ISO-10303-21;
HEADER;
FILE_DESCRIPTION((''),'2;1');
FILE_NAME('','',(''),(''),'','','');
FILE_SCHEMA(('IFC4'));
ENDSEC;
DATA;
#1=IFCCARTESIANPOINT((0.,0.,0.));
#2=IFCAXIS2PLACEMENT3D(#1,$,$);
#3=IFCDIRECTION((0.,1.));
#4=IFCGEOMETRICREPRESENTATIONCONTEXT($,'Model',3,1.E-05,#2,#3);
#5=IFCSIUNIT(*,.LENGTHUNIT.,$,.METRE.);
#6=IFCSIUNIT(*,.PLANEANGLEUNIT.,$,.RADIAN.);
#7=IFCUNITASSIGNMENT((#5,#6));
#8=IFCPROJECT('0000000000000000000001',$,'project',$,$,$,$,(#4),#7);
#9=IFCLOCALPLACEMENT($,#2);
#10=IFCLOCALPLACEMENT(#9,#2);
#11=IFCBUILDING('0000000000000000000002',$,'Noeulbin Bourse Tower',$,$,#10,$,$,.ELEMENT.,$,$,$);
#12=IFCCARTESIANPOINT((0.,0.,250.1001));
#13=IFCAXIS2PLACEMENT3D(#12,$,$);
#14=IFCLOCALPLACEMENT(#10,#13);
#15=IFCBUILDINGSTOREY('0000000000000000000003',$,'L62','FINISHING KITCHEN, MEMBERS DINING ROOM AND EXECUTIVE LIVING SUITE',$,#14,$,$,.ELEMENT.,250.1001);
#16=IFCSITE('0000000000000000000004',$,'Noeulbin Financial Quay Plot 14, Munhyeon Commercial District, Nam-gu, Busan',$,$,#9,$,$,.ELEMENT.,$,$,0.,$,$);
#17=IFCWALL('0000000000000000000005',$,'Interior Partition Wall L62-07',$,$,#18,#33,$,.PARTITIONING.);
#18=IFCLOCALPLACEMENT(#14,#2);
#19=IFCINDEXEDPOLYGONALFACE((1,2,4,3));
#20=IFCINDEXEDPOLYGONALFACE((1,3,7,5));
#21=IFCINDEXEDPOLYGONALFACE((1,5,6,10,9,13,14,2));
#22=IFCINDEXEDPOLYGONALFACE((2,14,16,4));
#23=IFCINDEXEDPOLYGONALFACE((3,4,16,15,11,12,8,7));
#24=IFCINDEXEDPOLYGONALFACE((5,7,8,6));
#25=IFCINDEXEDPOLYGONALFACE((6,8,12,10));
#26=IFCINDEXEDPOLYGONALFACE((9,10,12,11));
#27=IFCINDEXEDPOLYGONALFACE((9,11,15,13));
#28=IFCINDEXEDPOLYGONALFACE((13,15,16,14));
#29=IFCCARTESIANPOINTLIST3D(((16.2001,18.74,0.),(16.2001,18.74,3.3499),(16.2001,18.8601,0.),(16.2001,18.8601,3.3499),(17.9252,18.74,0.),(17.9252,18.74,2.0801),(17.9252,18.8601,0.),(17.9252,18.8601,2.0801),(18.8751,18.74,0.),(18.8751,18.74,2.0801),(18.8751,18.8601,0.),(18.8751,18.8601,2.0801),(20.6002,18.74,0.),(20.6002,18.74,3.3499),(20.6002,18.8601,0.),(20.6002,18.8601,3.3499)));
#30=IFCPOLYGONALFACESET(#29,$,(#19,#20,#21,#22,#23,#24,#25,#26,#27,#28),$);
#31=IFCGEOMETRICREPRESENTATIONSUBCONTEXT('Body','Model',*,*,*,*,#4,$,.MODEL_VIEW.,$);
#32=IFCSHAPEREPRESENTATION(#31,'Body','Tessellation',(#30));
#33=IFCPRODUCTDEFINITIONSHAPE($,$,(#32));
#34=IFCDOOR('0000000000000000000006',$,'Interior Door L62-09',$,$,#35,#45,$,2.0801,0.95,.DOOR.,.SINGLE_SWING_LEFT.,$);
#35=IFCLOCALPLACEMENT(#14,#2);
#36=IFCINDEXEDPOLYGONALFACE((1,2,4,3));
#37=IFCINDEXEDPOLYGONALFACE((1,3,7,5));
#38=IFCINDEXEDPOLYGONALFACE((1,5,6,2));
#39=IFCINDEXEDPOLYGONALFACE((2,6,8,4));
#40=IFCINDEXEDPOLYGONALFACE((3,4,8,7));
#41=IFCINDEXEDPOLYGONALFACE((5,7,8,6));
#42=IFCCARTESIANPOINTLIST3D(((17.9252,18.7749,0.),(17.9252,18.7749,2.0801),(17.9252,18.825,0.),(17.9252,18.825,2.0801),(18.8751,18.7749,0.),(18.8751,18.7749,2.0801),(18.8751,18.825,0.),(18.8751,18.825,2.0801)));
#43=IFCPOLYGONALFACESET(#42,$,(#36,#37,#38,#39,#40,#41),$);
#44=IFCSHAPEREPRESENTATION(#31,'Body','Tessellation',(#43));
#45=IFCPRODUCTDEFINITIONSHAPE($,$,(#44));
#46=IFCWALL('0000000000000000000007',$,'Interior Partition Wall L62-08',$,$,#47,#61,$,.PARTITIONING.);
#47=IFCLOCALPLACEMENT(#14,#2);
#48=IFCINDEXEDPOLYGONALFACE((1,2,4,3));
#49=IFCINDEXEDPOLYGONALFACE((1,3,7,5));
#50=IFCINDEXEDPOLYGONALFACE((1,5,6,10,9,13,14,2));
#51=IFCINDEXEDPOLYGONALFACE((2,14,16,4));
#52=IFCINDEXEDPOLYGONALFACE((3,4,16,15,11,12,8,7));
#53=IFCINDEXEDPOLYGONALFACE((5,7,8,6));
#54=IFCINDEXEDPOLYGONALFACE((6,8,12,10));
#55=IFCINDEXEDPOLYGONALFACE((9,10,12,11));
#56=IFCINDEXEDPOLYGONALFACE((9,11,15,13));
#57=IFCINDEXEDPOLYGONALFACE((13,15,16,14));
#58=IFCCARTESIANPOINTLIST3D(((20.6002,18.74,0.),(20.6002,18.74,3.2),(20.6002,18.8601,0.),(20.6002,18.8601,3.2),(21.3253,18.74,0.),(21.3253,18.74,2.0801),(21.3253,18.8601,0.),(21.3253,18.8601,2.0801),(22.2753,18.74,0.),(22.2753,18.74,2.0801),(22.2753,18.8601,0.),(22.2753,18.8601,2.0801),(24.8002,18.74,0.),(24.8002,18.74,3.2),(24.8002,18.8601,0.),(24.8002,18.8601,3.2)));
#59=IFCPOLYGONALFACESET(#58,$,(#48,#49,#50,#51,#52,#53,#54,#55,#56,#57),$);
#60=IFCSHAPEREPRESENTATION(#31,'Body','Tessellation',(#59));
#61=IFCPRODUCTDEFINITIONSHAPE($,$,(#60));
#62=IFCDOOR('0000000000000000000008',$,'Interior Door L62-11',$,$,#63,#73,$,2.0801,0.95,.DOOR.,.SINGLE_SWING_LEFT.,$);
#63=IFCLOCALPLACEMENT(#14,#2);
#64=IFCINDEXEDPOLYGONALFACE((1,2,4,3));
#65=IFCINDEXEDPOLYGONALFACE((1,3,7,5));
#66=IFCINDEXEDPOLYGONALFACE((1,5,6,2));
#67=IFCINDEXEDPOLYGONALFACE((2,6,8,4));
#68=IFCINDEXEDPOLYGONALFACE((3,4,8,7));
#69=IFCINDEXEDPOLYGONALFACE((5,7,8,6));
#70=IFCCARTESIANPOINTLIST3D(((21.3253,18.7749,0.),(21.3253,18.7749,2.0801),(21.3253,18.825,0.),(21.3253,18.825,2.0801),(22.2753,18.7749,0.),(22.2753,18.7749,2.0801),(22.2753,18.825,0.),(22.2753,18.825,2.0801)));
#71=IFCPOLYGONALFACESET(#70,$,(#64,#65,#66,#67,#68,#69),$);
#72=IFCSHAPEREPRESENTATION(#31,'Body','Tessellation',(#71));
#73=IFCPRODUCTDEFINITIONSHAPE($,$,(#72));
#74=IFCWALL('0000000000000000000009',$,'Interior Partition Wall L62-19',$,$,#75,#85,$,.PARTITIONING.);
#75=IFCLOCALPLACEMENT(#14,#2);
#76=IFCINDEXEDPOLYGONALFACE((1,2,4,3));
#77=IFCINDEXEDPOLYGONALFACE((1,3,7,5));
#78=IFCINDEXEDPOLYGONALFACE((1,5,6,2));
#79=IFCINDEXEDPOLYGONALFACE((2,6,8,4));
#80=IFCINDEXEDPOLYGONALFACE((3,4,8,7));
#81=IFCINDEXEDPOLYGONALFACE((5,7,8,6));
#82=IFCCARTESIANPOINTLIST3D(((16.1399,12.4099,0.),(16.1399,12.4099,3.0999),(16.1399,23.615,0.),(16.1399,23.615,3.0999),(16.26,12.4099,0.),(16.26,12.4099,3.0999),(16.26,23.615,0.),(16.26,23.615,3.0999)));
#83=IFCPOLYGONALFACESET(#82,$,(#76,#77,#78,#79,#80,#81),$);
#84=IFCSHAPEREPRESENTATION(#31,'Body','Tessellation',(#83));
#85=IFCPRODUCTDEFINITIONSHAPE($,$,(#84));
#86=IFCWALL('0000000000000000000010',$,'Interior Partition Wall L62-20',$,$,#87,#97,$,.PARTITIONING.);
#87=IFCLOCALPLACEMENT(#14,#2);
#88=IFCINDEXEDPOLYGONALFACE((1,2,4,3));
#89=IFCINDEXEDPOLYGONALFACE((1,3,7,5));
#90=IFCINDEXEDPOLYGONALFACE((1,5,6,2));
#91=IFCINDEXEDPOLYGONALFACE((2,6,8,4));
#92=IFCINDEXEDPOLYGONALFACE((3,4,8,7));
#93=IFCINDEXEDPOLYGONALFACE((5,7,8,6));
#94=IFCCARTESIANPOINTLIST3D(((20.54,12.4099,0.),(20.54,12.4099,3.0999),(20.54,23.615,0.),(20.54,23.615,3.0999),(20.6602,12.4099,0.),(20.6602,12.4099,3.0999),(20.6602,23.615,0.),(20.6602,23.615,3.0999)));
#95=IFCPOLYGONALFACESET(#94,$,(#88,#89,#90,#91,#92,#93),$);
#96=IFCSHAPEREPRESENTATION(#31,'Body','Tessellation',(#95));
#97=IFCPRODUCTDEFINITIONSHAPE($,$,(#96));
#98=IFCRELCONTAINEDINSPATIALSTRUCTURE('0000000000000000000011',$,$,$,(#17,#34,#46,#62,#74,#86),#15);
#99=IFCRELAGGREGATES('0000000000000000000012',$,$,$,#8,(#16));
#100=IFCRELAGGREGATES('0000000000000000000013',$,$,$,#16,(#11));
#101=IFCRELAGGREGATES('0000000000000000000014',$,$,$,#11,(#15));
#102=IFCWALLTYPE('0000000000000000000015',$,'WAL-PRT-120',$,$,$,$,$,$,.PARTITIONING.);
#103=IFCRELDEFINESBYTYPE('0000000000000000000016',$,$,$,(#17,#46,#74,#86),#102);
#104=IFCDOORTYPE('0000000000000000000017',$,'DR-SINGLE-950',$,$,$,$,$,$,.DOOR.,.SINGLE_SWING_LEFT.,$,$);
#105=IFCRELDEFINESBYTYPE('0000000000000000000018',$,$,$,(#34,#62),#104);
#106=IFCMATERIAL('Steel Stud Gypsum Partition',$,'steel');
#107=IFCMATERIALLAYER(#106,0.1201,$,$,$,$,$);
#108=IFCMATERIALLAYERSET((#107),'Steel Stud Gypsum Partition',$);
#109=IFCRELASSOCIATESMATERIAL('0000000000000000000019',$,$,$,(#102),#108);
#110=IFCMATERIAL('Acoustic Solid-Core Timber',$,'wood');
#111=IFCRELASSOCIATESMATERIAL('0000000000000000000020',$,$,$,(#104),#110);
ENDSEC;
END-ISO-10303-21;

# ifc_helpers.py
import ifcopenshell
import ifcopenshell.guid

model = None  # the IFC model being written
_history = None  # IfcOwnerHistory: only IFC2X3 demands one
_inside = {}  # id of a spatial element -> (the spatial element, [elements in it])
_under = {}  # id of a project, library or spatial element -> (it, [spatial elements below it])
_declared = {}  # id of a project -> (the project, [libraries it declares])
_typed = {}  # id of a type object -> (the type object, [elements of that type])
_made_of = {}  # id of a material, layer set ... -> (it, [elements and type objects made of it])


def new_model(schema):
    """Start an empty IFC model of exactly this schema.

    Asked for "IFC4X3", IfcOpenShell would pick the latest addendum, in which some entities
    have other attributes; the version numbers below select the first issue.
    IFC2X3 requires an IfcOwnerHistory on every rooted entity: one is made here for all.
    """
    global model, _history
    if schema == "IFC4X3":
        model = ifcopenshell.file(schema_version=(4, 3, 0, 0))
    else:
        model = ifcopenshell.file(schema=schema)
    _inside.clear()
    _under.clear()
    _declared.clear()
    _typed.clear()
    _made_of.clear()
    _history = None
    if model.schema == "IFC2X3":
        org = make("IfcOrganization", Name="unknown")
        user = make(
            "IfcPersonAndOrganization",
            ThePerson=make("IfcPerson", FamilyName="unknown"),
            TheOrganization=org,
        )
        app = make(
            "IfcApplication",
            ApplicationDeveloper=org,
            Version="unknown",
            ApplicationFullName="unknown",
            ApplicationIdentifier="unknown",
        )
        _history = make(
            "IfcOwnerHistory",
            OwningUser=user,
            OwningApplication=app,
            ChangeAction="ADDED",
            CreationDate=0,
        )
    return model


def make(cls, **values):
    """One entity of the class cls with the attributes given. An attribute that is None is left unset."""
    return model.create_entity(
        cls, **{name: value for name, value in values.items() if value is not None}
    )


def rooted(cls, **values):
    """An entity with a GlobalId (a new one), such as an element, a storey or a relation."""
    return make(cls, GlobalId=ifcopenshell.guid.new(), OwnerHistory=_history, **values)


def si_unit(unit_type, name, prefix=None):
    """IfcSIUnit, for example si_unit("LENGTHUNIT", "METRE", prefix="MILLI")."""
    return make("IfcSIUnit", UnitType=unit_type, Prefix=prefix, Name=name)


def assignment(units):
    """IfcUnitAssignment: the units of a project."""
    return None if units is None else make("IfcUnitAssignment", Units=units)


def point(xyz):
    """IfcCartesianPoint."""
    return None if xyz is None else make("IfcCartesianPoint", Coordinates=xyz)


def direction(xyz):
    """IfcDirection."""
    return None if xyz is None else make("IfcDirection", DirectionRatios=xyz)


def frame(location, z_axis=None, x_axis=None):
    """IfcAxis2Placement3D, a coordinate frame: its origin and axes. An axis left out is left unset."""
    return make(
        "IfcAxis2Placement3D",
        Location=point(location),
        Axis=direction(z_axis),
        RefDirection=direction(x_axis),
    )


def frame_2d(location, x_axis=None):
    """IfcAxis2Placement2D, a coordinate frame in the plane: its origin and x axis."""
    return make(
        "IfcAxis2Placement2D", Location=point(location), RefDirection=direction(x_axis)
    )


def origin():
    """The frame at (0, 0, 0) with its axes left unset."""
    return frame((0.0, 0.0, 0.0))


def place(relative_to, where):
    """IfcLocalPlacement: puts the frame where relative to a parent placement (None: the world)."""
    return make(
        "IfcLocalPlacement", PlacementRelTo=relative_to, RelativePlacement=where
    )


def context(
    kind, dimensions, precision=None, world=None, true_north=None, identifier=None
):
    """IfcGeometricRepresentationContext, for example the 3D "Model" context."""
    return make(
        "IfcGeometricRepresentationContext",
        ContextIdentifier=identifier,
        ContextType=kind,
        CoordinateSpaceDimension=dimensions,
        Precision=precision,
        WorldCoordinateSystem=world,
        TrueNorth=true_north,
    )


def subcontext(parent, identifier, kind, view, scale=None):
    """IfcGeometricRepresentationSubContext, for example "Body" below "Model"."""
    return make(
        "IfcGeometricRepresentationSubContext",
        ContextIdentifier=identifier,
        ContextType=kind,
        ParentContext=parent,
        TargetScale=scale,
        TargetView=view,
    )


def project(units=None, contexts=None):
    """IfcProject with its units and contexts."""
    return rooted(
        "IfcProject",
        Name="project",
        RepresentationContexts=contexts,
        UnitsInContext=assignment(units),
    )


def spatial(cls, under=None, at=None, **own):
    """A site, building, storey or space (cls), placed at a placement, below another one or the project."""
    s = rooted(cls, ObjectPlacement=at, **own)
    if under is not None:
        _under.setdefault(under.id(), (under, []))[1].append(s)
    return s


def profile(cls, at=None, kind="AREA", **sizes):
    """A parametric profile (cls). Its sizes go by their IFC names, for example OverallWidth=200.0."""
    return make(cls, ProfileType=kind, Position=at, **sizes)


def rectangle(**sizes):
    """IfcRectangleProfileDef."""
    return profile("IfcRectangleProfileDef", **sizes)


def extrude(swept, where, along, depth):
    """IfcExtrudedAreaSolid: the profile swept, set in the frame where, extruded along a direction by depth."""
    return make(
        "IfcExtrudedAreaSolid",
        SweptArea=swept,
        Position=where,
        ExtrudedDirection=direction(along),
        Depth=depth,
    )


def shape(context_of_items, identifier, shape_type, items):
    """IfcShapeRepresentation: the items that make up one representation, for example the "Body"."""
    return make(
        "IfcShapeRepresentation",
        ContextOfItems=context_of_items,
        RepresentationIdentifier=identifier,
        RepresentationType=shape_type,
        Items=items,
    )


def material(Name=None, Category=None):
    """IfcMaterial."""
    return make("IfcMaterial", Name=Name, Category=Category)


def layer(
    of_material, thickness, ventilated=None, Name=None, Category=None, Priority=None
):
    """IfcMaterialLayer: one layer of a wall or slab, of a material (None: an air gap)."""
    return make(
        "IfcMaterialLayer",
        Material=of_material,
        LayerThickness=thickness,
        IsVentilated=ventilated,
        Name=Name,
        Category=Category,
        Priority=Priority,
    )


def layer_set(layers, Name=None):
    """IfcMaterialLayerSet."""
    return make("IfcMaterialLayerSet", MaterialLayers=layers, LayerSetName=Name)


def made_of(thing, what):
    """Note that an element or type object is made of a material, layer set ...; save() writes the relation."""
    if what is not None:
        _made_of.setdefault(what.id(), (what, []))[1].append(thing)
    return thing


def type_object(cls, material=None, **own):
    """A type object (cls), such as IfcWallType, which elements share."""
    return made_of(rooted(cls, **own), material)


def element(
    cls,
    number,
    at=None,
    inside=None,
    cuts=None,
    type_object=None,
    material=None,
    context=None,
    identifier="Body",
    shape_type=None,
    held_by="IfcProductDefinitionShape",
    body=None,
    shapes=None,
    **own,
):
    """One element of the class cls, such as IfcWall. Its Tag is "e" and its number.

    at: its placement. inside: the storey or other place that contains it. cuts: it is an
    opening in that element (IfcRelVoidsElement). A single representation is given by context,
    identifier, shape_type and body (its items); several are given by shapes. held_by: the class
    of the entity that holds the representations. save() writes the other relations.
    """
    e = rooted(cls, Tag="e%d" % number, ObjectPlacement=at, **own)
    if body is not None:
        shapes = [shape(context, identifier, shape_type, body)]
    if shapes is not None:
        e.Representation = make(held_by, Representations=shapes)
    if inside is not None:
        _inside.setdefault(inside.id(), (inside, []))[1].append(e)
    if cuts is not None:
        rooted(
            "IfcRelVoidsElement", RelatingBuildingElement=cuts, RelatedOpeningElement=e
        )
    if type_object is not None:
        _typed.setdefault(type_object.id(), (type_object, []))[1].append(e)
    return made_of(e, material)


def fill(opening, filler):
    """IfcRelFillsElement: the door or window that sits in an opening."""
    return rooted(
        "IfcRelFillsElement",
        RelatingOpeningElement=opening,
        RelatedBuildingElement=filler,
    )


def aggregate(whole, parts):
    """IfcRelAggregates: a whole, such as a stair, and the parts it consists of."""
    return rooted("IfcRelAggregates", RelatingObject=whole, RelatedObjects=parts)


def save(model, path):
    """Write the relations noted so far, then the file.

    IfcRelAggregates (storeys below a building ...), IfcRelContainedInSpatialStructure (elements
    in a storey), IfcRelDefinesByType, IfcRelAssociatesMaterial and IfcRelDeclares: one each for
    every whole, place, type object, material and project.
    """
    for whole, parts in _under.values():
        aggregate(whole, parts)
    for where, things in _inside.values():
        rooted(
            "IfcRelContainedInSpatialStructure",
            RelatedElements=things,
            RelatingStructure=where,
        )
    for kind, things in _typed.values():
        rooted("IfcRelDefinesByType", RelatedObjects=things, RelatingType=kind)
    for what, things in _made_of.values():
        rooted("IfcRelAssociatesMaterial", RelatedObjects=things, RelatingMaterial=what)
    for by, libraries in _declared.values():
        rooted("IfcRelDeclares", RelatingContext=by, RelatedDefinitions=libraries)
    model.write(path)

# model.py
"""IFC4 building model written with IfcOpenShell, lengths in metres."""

from ifc_helpers import new_model, si_unit, direction, frame, frame_2d, origin, place, context, subcontext, project, spatial, rectangle, extrude, material, layer, layer_set, type_object, element, fill, save


model = new_model("IFC4")

# Units and contexts
model_context = context("Model", 3, precision=1e-05, world=origin(), true_north=direction((0.0, 1.0)))
body_context = subcontext(model_context, "Body", "Model", "MODEL_VIEW")
ifc_project = project(units=[si_unit("LENGTHUNIT", "METRE"), si_unit("PLANEANGLEUNIT", "RADIAN")], contexts=[model_context])

# Site, building, storey
site_placement = place(None, origin())
site = spatial("IfcSite", under=ifc_project, at=site_placement, Name="Noeulbin Financial Quay Plot 14, Munhyeon Commercial District, Nam-gu, Busan", CompositionType="ELEMENT", RefElevation=0.0)
building_placement = place(site_placement, origin())
building = spatial("IfcBuilding", under=site, at=building_placement, Name="Noeulbin Bourse Tower", CompositionType="ELEMENT")
storey_placement = place(building_placement, frame((0.0, 0.0, 250.1001)))
storey = spatial("IfcBuildingStorey", under=building, at=storey_placement, Name="L62", Description="FINISHING KITCHEN, MEMBERS DINING ROOM AND EXECUTIVE LIVING SUITE", CompositionType="ELEMENT", Elevation=250.1001)

# Walls, openings, doors
ifc_material_1 = material(Name="Steel Stud Gypsum Partition", Category="steel")
ifc_layer_1 = layer(ifc_material_1, 0.1201)
ifc_layer_set_1 = layer_set([ifc_layer_1], Name="Steel Stud Gypsum Partition")
wall_type = type_object("IfcWallType", Name="WAL-PRT-120", PredefinedType="PARTITIONING", material=ifc_layer_set_1)
wall_1_placement = place(storey_placement, frame((16.2, 18.8, 0.0), z_axis=(0.0, 0.0, 1.0), x_axis=(1.0, 0.0, 0.0)))
wall_1 = element("IfcWall", 1, at=wall_1_placement, inside=storey, type_object=wall_type, Name="Interior Partition Wall L62-07", PredefinedType="PARTITIONING", context=body_context, shape_type="SweptSolid", body=[
    extrude(rectangle(XDim=4.4001, YDim=0.1201, at=frame_2d((2.2002, 0.0))), origin(), (0.0, 0.0, 1.0), 3.3499),
])
opening_1_placement = place(wall_1_placement, frame((1.7251, 0.0, 0.0)))
opening_1 = element("IfcOpeningElement", 2, at=opening_1_placement, cuts=wall_1, PredefinedType="OPENING", context=body_context, shape_type="SweptSolid", body=[
    extrude(rectangle(XDim=0.95, YDim=2.0801, at=frame_2d((0.4751, 1.04))), frame((0.0, 0.0701, 0.0), z_axis=(0.0, -1.0, 0.0), x_axis=(1.0, 0.0, 0.0)), (0.0, 0.0, 1.0), 0.1401),
])
ifc_material_2 = material(Name="Acoustic Solid-Core Timber", Category="wood")
door_type = type_object("IfcDoorType", Name="DR-SINGLE-950", OperationType="SINGLE_SWING_LEFT", PredefinedType="DOOR", material=ifc_material_2)
door_1_placement = place(opening_1_placement, origin())
door_1 = element("IfcDoor", 3, at=door_1_placement, inside=storey, type_object=door_type, Name="Interior Door L62-09", OperationType="SINGLE_SWING_LEFT", OverallHeight=2.0801, OverallWidth=0.95, PredefinedType="DOOR", context=body_context, shape_type="SweptSolid", body=[
    extrude(rectangle(XDim=0.95, YDim=2.0801, at=frame_2d((0.4751, 1.04))), frame((0.0, 0.0249, 0.0), z_axis=(0.0, -1.0, 0.0), x_axis=(1.0, 0.0, 0.0)), (0.0, 0.0, 1.0), 0.05),
])
fill(opening_1, door_1)
wall_2_placement = place(storey_placement, frame((20.6001, 18.8, 0.0), z_axis=(0.0, 0.0, 1.0), x_axis=(1.0, 0.0, 0.0)))
wall_2 = element("IfcWall", 4, at=wall_2_placement, inside=storey, type_object=wall_type, Name="Interior Partition Wall L62-08", PredefinedType="PARTITIONING", context=body_context, shape_type="SweptSolid", body=[
    extrude(rectangle(XDim=4.2, YDim=0.1201, at=frame_2d((2.1001, 0.0))), origin(), (0.0, 0.0, 1.0), 3.2),
])
opening_2_placement = place(wall_2_placement, frame((0.7251, 0.0, 0.0)))
opening_2 = element("IfcOpeningElement", 5, at=opening_2_placement, cuts=wall_2, PredefinedType="OPENING", context=body_context, shape_type="SweptSolid", body=[
    extrude(rectangle(XDim=0.95, YDim=2.0801, at=frame_2d((0.4751, 1.04))), frame((0.0, 0.0701, 0.0), z_axis=(0.0, -1.0, 0.0), x_axis=(1.0, 0.0, 0.0)), (0.0, 0.0, 1.0), 0.1401),
])
door_2_placement = place(opening_2_placement, origin())
door_2 = element("IfcDoor", 6, at=door_2_placement, inside=storey, type_object=door_type, Name="Interior Door L62-11", OperationType="SINGLE_SWING_LEFT", OverallHeight=2.0801, OverallWidth=0.95, PredefinedType="DOOR", context=body_context, shape_type="SweptSolid", body=[
    extrude(rectangle(XDim=0.95, YDim=2.0801, at=frame_2d((0.4751, 1.04))), frame((0.0, 0.0249, 0.0), z_axis=(0.0, -1.0, 0.0), x_axis=(1.0, 0.0, 0.0)), (0.0, 0.0, 1.0), 0.05),
])
fill(opening_2, door_2)

# Walls
for number, where, z_axis, x_axis, name in (
    (7, (16.2, 12.4099, 0.0), (0.0, 0.0, 1.0), (0.0, 1.0, 0.0), "Interior Partition Wall L62-19"),
    (8, (20.6001, 12.4099, 0.0), (0.0, 0.0, 1.0), (0.0, 1.0, 0.0), "Interior Partition Wall L62-20"),
):
    element("IfcWall", number, at=place(storey_placement, frame(where, z_axis=z_axis, x_axis=x_axis)), inside=storey, type_object=wall_type, Name=name, PredefinedType="PARTITIONING", context=body_context, shape_type="SweptSolid", body=[
        extrude(rectangle(XDim=11.2051, YDim=0.1201, at=frame_2d((5.6025, 0.0))), origin(), (0.0, 0.0, 1.0), 3.0999),
    ])

save(model, "model.ifc")
